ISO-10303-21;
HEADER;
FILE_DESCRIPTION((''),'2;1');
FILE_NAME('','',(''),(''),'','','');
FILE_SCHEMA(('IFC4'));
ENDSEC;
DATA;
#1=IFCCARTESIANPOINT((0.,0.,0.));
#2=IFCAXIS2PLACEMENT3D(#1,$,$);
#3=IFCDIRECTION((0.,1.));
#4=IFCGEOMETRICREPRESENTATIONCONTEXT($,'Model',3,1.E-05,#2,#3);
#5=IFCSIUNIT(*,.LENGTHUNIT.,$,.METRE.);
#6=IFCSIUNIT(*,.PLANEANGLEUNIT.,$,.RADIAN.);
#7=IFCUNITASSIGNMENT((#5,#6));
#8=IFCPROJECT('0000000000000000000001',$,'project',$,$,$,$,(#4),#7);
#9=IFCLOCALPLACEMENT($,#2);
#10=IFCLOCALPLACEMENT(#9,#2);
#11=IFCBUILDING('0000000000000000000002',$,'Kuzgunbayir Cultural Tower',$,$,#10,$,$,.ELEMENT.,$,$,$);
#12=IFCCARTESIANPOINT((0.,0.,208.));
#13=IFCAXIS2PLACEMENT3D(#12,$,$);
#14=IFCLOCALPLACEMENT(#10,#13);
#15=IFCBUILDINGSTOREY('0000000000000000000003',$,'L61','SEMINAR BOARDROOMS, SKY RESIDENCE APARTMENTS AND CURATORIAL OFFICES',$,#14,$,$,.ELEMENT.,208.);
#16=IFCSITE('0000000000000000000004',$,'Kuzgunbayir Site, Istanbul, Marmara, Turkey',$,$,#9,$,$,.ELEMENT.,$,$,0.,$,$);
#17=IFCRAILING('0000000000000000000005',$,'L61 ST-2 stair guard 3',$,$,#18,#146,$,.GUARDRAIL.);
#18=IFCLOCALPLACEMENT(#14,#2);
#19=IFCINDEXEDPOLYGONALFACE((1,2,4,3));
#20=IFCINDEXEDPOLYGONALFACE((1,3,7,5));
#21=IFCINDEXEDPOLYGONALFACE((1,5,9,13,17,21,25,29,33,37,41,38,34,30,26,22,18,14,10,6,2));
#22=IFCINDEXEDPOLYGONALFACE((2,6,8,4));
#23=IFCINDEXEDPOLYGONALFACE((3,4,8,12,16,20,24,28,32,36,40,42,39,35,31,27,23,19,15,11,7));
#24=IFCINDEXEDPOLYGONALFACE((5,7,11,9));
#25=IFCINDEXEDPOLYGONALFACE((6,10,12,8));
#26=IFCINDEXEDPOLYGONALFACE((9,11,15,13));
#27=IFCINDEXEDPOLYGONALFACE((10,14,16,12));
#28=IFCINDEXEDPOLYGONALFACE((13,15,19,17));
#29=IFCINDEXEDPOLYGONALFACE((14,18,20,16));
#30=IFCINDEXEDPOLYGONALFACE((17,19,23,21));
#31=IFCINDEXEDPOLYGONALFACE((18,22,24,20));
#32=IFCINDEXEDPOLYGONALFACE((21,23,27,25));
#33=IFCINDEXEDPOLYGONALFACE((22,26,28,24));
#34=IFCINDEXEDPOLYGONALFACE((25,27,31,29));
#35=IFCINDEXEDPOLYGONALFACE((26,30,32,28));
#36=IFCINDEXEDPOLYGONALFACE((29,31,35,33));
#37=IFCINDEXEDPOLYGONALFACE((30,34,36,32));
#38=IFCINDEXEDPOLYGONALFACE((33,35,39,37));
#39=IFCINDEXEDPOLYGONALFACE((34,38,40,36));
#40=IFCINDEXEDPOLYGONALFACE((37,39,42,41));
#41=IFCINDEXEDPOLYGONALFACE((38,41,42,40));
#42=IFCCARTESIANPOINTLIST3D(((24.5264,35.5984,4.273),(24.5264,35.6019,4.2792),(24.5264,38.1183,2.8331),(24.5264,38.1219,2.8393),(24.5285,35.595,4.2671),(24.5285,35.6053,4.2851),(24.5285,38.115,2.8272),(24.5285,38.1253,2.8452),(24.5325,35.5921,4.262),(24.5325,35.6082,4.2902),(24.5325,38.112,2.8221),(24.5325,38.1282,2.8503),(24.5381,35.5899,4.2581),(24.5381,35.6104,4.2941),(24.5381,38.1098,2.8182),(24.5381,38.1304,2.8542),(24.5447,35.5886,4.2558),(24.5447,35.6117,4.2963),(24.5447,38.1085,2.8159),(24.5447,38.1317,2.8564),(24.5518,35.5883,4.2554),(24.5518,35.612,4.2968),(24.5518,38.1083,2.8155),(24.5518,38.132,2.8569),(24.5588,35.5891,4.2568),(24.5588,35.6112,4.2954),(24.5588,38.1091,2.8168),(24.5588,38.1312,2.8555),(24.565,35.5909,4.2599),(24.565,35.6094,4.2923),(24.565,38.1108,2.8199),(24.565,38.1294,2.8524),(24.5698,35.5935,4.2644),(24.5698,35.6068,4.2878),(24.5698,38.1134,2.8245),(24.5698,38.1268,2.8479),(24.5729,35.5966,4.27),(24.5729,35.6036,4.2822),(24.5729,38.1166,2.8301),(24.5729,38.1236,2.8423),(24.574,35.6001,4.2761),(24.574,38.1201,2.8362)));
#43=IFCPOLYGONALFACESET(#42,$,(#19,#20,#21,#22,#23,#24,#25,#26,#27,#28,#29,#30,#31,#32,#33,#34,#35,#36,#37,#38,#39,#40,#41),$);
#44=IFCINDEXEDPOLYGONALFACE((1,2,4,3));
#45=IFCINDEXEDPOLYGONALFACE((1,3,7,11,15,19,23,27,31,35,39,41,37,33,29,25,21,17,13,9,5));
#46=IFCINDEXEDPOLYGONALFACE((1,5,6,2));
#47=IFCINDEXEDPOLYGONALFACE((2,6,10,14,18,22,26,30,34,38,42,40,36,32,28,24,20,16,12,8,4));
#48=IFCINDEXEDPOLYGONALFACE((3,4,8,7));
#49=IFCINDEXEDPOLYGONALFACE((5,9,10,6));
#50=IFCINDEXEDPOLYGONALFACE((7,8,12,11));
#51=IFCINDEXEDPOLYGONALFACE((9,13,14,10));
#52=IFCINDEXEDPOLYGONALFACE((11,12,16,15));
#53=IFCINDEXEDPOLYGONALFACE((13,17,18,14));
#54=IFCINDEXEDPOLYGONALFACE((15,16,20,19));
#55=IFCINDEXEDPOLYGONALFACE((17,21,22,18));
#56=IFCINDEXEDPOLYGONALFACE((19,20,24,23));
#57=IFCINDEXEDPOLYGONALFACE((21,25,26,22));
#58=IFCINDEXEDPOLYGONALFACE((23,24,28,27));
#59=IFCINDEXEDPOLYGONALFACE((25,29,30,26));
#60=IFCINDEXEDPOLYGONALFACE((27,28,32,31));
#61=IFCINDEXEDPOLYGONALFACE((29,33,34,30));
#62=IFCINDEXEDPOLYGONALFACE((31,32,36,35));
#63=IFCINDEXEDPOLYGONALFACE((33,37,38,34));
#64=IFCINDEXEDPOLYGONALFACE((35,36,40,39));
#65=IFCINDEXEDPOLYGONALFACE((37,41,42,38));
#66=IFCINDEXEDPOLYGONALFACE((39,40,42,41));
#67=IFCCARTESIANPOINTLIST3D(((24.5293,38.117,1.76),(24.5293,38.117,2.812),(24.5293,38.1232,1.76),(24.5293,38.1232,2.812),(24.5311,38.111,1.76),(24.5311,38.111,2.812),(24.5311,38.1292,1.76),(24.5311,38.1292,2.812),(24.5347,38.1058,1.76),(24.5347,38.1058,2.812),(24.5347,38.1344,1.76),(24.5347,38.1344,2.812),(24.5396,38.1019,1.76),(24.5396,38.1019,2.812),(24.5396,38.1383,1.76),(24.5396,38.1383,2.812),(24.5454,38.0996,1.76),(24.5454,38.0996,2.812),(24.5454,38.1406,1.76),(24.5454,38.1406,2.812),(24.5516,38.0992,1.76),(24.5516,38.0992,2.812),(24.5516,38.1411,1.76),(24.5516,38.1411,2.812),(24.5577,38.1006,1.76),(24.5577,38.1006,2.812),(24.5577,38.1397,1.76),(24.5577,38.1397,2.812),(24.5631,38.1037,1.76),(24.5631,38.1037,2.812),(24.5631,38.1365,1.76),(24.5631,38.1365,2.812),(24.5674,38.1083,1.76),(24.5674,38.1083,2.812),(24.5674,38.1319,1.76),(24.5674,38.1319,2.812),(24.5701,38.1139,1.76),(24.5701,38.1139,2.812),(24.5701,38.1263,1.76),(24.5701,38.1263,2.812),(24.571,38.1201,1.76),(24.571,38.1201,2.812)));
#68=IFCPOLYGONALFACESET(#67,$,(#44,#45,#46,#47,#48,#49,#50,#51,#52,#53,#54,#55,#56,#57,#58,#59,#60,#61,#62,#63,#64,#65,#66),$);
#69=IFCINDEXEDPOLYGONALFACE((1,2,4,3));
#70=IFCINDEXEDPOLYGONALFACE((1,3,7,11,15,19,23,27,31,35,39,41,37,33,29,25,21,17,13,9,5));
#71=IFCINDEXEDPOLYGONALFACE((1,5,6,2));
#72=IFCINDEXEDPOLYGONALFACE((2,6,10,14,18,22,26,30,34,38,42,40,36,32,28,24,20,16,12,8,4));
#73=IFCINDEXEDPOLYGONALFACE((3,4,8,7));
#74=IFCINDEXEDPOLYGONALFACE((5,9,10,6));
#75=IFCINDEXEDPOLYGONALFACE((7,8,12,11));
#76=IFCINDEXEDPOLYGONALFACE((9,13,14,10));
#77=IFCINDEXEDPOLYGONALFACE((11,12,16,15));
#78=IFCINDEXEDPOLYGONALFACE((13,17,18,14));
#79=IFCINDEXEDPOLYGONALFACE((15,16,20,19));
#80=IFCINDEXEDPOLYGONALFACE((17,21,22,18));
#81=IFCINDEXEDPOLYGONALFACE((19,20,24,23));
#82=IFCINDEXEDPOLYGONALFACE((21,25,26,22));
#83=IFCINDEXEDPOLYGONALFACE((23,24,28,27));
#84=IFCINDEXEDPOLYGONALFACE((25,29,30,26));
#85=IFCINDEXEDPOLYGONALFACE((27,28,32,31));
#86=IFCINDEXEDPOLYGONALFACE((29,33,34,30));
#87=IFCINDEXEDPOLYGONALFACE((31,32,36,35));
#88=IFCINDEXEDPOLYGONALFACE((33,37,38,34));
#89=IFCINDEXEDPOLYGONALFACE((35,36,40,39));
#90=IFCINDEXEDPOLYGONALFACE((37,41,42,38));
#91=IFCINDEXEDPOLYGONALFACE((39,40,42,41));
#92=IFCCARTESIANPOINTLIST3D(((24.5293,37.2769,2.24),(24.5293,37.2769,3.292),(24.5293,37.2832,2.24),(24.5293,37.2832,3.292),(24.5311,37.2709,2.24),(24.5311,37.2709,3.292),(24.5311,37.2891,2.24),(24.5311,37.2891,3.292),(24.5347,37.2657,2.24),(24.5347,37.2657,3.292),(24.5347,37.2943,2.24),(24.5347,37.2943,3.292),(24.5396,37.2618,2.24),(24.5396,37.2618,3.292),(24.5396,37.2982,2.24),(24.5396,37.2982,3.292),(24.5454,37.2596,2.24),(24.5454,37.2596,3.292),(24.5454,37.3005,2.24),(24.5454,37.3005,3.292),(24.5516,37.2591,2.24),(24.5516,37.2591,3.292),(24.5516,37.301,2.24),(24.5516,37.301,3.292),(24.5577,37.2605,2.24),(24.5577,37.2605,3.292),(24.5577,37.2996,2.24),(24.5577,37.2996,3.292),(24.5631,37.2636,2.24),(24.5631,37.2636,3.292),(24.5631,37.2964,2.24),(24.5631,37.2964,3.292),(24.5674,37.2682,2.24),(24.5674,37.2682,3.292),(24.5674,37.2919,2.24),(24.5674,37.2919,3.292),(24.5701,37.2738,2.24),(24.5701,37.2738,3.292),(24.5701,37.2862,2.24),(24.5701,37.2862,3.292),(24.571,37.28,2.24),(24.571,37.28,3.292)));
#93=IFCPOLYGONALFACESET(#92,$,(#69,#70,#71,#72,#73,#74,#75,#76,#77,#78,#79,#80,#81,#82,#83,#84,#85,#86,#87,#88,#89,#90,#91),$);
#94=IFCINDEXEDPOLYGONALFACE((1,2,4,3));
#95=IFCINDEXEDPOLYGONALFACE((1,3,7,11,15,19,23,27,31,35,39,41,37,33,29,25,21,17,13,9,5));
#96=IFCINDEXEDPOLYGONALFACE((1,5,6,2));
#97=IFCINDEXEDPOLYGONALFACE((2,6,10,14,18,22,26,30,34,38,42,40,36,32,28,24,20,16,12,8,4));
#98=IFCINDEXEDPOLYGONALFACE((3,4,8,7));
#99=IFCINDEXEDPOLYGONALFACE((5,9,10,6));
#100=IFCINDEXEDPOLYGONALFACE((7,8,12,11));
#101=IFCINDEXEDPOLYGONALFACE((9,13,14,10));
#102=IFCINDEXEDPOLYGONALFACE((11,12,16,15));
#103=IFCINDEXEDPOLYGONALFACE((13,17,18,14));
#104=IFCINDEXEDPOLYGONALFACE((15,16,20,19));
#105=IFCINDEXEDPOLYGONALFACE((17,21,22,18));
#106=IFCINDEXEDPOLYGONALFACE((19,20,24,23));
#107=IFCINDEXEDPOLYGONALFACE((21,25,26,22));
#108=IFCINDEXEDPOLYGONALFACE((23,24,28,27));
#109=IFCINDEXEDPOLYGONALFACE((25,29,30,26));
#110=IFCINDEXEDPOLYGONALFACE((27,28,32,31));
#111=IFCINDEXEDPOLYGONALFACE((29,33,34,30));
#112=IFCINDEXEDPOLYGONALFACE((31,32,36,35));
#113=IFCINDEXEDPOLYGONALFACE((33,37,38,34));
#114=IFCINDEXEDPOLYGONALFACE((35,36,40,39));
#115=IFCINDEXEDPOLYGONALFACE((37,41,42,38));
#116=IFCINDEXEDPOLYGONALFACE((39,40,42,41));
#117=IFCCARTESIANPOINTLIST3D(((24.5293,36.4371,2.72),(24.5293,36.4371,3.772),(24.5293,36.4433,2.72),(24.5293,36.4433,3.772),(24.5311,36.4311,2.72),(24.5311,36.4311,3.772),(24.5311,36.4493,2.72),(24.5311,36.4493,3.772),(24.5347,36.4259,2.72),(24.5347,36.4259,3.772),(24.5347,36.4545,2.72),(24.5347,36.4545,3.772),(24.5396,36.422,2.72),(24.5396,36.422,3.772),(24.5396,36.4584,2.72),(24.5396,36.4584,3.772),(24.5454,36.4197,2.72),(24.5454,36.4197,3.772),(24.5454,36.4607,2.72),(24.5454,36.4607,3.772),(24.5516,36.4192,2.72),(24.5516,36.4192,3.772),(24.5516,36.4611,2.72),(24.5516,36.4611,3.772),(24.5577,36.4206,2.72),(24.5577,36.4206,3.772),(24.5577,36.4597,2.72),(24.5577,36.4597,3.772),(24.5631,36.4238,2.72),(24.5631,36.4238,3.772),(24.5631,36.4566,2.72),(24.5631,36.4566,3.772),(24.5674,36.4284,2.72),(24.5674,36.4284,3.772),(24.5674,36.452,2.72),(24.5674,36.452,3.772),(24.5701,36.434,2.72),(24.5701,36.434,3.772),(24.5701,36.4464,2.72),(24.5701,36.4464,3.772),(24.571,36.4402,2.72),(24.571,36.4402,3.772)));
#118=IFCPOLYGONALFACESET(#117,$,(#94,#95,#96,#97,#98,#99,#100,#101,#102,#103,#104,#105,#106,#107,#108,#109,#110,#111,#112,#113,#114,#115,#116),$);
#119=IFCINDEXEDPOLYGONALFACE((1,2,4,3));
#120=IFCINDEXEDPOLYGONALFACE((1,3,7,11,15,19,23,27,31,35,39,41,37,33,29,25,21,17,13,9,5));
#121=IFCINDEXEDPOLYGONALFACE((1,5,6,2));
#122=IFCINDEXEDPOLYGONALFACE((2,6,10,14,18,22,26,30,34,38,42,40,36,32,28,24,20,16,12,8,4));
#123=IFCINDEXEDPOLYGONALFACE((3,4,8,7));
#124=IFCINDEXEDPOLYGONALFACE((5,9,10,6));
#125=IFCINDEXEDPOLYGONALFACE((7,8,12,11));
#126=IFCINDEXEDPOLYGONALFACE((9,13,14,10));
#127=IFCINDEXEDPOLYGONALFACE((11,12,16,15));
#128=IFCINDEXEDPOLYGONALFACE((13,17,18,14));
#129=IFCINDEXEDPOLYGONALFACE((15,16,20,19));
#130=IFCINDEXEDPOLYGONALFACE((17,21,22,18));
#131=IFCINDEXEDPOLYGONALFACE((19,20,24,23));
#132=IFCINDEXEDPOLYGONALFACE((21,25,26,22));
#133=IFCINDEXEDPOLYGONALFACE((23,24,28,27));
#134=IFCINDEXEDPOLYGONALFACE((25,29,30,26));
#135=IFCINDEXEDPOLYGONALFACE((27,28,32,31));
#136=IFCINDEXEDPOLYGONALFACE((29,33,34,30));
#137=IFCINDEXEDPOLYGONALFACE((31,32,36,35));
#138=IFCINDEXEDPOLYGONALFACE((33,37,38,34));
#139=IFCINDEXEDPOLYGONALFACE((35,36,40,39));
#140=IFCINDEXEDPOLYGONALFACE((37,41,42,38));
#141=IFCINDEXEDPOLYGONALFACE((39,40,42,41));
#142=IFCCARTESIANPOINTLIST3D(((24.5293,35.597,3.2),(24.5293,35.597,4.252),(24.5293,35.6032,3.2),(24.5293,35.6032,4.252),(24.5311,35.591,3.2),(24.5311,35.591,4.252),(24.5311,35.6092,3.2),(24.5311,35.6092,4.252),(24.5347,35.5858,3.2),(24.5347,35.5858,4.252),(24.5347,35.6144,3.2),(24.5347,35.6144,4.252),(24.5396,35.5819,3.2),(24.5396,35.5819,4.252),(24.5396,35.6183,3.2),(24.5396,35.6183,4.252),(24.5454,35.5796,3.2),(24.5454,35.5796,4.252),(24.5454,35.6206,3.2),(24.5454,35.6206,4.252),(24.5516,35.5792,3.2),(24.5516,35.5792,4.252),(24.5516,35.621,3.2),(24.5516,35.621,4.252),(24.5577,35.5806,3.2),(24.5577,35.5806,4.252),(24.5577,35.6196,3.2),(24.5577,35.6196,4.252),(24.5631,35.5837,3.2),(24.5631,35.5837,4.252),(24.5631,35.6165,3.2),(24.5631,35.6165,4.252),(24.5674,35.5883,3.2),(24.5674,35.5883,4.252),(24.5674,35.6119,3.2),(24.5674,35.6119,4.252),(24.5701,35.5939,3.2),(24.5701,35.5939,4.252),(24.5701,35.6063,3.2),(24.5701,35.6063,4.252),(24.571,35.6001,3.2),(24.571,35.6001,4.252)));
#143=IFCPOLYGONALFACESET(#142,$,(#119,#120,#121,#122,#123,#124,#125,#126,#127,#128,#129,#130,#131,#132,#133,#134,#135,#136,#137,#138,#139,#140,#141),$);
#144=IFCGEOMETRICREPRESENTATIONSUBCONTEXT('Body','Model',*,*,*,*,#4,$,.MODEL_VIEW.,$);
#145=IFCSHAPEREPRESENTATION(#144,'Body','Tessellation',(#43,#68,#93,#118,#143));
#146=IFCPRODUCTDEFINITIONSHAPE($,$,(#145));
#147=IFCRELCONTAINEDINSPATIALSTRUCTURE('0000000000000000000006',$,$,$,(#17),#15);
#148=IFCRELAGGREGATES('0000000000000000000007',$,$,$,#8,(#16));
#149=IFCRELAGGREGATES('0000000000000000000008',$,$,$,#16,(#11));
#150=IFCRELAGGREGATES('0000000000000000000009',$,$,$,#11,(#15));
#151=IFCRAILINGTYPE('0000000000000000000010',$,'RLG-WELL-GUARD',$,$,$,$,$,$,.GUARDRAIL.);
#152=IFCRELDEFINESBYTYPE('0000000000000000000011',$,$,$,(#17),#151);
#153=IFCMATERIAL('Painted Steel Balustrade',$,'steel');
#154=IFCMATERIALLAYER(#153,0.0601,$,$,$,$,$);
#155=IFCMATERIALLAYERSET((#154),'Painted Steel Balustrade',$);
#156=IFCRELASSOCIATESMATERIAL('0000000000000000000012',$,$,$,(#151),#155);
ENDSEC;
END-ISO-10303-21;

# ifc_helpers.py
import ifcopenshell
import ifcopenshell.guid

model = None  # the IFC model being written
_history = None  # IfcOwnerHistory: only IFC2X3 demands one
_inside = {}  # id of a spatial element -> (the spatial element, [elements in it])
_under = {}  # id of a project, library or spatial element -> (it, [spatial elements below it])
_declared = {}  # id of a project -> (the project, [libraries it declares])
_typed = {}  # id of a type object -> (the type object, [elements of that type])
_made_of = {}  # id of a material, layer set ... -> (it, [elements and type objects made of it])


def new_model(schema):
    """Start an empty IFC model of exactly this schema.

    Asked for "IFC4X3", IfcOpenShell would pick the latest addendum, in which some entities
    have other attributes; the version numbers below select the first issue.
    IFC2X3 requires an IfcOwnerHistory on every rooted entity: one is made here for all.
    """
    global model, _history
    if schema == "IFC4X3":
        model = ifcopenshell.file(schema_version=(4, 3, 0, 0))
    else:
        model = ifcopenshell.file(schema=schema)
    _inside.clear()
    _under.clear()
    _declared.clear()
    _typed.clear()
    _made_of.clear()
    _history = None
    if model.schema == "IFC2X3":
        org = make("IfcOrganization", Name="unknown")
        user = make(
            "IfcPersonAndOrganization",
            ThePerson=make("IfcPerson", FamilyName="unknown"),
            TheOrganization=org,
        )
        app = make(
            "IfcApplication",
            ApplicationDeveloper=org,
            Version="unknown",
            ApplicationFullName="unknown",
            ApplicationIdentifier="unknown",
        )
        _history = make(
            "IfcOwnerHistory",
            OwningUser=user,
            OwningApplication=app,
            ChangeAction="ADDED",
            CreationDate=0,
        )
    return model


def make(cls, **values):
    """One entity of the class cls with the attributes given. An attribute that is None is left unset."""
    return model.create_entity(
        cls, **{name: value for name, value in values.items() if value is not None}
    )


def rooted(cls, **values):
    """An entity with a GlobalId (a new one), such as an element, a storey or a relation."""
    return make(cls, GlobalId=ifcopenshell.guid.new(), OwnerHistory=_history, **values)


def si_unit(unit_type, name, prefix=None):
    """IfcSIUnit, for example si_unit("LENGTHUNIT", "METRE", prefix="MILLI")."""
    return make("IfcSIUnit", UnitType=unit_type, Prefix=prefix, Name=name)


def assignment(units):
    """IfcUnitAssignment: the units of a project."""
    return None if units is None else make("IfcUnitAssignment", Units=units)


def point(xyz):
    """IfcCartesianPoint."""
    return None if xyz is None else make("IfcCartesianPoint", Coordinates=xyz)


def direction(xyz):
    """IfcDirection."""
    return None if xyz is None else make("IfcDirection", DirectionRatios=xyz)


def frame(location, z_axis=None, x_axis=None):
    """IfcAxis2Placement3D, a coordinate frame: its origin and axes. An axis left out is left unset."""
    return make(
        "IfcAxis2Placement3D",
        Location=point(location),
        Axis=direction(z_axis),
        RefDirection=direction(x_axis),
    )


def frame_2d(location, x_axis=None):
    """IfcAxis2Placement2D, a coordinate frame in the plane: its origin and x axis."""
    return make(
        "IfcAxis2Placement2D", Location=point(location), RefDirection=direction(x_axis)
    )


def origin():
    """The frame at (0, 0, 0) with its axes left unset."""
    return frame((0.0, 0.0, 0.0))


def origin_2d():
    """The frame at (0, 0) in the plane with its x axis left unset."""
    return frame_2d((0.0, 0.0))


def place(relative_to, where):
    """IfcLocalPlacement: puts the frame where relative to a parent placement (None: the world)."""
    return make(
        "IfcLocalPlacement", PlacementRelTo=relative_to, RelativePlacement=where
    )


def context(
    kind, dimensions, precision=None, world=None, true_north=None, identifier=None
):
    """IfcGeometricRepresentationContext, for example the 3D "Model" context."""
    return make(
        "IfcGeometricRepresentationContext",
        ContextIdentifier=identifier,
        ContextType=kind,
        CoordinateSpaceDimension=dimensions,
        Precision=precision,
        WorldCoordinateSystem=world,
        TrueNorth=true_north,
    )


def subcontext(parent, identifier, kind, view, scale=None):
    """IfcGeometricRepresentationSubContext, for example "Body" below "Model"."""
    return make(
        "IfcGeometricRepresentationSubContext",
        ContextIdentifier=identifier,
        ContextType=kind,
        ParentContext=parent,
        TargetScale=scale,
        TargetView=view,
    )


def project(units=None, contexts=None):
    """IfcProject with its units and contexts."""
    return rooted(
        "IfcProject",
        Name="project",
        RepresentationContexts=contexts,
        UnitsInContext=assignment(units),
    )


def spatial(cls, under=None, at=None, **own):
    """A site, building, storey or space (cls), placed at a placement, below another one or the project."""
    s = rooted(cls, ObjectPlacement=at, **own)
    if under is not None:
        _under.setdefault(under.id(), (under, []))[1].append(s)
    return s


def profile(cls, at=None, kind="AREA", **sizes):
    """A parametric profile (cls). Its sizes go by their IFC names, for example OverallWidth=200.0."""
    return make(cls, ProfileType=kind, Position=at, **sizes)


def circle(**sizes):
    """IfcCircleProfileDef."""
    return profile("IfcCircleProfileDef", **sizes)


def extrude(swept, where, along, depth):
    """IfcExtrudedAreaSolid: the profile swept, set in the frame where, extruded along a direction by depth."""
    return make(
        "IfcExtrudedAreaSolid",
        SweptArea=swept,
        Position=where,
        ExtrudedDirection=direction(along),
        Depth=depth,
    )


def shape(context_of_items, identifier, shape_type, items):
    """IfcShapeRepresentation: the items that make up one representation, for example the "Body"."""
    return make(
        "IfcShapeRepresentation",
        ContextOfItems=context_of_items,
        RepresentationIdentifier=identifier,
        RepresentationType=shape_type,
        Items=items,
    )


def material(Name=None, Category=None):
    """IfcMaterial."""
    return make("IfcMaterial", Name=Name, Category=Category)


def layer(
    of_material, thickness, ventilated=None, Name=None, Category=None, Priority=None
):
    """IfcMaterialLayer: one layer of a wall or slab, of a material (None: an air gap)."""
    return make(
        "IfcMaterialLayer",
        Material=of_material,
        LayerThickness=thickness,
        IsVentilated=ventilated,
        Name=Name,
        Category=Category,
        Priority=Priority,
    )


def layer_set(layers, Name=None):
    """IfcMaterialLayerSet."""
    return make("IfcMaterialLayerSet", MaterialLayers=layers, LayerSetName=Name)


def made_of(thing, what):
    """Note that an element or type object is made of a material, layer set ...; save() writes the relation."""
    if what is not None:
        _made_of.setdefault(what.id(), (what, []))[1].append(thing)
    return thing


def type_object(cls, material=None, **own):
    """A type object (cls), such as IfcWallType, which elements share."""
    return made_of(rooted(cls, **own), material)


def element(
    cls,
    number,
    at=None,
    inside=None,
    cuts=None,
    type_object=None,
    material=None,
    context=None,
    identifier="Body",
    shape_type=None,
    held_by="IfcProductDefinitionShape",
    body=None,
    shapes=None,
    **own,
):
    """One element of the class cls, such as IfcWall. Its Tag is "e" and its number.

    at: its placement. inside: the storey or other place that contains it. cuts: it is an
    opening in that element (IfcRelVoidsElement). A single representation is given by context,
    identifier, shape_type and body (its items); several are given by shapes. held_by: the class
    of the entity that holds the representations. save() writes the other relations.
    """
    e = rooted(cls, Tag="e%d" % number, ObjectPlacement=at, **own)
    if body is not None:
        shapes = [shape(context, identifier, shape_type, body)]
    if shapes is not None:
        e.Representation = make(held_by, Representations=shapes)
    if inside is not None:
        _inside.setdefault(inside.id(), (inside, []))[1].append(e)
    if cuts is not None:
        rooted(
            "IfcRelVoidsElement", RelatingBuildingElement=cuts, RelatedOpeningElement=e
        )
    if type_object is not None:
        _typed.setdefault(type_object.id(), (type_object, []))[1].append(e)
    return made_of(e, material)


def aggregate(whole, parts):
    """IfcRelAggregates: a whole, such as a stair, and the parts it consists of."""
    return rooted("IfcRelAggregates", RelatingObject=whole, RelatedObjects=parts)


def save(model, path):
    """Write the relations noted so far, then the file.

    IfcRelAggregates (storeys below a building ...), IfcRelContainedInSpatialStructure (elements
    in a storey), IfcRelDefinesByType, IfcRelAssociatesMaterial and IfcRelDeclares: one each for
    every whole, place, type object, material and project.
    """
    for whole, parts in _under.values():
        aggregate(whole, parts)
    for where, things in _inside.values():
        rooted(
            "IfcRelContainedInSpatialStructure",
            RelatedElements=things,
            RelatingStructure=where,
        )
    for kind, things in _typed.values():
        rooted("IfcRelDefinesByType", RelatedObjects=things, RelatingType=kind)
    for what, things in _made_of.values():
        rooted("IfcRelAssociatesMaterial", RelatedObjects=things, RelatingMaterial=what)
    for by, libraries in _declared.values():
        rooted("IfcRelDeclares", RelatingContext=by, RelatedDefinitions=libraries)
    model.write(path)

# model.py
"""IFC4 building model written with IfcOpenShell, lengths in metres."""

from ifc_helpers import new_model, si_unit, direction, frame, origin, origin_2d, place, context, subcontext, project, spatial, circle, extrude, material, layer, layer_set, type_object, element, save


model = new_model("IFC4")

# Units and contexts
model_context = context("Model", 3, precision=1e-05, world=origin(), true_north=direction((0.0, 1.0)))
body_context = subcontext(model_context, "Body", "Model", "MODEL_VIEW")
ifc_project = project(units=[si_unit("LENGTHUNIT", "METRE"), si_unit("PLANEANGLEUNIT", "RADIAN")], contexts=[model_context])

# Site, building, storey
site_placement = place(None, origin())
site = spatial("IfcSite", under=ifc_project, at=site_placement, Name="Kuzgunbayir Site, Istanbul, Marmara, Turkey", CompositionType="ELEMENT", RefElevation=0.0)
building_placement = place(site_placement, origin())
building = spatial("IfcBuilding", under=site, at=building_placement, Name="Kuzgunbayir Cultural Tower", CompositionType="ELEMENT")
storey_placement = place(building_placement, frame((0.0, 0.0, 208.0)))
storey = spatial("IfcBuildingStorey", under=building, at=storey_placement, Name="L61", Description="SEMINAR BOARDROOMS, SKY RESIDENCE APARTMENTS AND CURATORIAL OFFICES", CompositionType="ELEMENT", Elevation=208.0)

# Railing
ifc_material_1 = material(Name="Painted Steel Balustrade", Category="steel")
ifc_layer_1 = layer(ifc_material_1, 0.0601)
ifc_layer_set_1 = layer_set([ifc_layer_1], Name="Painted Steel Balustrade")
railing_type_1 = type_object("IfcRailingType", Name="RLG-WELL-GUARD", PredefinedType="GUARDRAIL", material=ifc_layer_set_1)
railing_1_placement = place(storey_placement, frame((24.55, 38.1201, 1.76)))
element("IfcRailing", 1, at=railing_1_placement, inside=storey, type_object=railing_type_1, Name="L61 ST-2 stair guard 3", PredefinedType="GUARDRAIL", context=body_context, shape_type="SweptSolid", body=[
    extrude(circle(Radius=0.0239, at=origin_2d()), frame((0.0, 0.0, 1.0762), z_axis=(0.0, -0.868253, 0.496121), x_axis=(1.0, 0.0, 0.0)), (0.0, 0.0, 1.0), 2.9023),
    extrude(circle(Radius=0.021, at=origin_2d()), origin(), (0.0, 0.0, 1.0), 1.052),
    extrude(circle(Radius=0.021, at=origin_2d()), frame((0.0, -0.8401, 0.48)), (0.0, 0.0, 1.0), 1.052),
    extrude(circle(Radius=0.021, at=origin_2d()), frame((0.0, -1.6799, 0.96)), (0.0, 0.0, 1.0), 1.052),
    extrude(circle(Radius=0.021, at=origin_2d()), frame((0.0, -2.52, 1.4399)), (0.0, 0.0, 1.0), 1.052),
])

save(model, "model.ifc")
